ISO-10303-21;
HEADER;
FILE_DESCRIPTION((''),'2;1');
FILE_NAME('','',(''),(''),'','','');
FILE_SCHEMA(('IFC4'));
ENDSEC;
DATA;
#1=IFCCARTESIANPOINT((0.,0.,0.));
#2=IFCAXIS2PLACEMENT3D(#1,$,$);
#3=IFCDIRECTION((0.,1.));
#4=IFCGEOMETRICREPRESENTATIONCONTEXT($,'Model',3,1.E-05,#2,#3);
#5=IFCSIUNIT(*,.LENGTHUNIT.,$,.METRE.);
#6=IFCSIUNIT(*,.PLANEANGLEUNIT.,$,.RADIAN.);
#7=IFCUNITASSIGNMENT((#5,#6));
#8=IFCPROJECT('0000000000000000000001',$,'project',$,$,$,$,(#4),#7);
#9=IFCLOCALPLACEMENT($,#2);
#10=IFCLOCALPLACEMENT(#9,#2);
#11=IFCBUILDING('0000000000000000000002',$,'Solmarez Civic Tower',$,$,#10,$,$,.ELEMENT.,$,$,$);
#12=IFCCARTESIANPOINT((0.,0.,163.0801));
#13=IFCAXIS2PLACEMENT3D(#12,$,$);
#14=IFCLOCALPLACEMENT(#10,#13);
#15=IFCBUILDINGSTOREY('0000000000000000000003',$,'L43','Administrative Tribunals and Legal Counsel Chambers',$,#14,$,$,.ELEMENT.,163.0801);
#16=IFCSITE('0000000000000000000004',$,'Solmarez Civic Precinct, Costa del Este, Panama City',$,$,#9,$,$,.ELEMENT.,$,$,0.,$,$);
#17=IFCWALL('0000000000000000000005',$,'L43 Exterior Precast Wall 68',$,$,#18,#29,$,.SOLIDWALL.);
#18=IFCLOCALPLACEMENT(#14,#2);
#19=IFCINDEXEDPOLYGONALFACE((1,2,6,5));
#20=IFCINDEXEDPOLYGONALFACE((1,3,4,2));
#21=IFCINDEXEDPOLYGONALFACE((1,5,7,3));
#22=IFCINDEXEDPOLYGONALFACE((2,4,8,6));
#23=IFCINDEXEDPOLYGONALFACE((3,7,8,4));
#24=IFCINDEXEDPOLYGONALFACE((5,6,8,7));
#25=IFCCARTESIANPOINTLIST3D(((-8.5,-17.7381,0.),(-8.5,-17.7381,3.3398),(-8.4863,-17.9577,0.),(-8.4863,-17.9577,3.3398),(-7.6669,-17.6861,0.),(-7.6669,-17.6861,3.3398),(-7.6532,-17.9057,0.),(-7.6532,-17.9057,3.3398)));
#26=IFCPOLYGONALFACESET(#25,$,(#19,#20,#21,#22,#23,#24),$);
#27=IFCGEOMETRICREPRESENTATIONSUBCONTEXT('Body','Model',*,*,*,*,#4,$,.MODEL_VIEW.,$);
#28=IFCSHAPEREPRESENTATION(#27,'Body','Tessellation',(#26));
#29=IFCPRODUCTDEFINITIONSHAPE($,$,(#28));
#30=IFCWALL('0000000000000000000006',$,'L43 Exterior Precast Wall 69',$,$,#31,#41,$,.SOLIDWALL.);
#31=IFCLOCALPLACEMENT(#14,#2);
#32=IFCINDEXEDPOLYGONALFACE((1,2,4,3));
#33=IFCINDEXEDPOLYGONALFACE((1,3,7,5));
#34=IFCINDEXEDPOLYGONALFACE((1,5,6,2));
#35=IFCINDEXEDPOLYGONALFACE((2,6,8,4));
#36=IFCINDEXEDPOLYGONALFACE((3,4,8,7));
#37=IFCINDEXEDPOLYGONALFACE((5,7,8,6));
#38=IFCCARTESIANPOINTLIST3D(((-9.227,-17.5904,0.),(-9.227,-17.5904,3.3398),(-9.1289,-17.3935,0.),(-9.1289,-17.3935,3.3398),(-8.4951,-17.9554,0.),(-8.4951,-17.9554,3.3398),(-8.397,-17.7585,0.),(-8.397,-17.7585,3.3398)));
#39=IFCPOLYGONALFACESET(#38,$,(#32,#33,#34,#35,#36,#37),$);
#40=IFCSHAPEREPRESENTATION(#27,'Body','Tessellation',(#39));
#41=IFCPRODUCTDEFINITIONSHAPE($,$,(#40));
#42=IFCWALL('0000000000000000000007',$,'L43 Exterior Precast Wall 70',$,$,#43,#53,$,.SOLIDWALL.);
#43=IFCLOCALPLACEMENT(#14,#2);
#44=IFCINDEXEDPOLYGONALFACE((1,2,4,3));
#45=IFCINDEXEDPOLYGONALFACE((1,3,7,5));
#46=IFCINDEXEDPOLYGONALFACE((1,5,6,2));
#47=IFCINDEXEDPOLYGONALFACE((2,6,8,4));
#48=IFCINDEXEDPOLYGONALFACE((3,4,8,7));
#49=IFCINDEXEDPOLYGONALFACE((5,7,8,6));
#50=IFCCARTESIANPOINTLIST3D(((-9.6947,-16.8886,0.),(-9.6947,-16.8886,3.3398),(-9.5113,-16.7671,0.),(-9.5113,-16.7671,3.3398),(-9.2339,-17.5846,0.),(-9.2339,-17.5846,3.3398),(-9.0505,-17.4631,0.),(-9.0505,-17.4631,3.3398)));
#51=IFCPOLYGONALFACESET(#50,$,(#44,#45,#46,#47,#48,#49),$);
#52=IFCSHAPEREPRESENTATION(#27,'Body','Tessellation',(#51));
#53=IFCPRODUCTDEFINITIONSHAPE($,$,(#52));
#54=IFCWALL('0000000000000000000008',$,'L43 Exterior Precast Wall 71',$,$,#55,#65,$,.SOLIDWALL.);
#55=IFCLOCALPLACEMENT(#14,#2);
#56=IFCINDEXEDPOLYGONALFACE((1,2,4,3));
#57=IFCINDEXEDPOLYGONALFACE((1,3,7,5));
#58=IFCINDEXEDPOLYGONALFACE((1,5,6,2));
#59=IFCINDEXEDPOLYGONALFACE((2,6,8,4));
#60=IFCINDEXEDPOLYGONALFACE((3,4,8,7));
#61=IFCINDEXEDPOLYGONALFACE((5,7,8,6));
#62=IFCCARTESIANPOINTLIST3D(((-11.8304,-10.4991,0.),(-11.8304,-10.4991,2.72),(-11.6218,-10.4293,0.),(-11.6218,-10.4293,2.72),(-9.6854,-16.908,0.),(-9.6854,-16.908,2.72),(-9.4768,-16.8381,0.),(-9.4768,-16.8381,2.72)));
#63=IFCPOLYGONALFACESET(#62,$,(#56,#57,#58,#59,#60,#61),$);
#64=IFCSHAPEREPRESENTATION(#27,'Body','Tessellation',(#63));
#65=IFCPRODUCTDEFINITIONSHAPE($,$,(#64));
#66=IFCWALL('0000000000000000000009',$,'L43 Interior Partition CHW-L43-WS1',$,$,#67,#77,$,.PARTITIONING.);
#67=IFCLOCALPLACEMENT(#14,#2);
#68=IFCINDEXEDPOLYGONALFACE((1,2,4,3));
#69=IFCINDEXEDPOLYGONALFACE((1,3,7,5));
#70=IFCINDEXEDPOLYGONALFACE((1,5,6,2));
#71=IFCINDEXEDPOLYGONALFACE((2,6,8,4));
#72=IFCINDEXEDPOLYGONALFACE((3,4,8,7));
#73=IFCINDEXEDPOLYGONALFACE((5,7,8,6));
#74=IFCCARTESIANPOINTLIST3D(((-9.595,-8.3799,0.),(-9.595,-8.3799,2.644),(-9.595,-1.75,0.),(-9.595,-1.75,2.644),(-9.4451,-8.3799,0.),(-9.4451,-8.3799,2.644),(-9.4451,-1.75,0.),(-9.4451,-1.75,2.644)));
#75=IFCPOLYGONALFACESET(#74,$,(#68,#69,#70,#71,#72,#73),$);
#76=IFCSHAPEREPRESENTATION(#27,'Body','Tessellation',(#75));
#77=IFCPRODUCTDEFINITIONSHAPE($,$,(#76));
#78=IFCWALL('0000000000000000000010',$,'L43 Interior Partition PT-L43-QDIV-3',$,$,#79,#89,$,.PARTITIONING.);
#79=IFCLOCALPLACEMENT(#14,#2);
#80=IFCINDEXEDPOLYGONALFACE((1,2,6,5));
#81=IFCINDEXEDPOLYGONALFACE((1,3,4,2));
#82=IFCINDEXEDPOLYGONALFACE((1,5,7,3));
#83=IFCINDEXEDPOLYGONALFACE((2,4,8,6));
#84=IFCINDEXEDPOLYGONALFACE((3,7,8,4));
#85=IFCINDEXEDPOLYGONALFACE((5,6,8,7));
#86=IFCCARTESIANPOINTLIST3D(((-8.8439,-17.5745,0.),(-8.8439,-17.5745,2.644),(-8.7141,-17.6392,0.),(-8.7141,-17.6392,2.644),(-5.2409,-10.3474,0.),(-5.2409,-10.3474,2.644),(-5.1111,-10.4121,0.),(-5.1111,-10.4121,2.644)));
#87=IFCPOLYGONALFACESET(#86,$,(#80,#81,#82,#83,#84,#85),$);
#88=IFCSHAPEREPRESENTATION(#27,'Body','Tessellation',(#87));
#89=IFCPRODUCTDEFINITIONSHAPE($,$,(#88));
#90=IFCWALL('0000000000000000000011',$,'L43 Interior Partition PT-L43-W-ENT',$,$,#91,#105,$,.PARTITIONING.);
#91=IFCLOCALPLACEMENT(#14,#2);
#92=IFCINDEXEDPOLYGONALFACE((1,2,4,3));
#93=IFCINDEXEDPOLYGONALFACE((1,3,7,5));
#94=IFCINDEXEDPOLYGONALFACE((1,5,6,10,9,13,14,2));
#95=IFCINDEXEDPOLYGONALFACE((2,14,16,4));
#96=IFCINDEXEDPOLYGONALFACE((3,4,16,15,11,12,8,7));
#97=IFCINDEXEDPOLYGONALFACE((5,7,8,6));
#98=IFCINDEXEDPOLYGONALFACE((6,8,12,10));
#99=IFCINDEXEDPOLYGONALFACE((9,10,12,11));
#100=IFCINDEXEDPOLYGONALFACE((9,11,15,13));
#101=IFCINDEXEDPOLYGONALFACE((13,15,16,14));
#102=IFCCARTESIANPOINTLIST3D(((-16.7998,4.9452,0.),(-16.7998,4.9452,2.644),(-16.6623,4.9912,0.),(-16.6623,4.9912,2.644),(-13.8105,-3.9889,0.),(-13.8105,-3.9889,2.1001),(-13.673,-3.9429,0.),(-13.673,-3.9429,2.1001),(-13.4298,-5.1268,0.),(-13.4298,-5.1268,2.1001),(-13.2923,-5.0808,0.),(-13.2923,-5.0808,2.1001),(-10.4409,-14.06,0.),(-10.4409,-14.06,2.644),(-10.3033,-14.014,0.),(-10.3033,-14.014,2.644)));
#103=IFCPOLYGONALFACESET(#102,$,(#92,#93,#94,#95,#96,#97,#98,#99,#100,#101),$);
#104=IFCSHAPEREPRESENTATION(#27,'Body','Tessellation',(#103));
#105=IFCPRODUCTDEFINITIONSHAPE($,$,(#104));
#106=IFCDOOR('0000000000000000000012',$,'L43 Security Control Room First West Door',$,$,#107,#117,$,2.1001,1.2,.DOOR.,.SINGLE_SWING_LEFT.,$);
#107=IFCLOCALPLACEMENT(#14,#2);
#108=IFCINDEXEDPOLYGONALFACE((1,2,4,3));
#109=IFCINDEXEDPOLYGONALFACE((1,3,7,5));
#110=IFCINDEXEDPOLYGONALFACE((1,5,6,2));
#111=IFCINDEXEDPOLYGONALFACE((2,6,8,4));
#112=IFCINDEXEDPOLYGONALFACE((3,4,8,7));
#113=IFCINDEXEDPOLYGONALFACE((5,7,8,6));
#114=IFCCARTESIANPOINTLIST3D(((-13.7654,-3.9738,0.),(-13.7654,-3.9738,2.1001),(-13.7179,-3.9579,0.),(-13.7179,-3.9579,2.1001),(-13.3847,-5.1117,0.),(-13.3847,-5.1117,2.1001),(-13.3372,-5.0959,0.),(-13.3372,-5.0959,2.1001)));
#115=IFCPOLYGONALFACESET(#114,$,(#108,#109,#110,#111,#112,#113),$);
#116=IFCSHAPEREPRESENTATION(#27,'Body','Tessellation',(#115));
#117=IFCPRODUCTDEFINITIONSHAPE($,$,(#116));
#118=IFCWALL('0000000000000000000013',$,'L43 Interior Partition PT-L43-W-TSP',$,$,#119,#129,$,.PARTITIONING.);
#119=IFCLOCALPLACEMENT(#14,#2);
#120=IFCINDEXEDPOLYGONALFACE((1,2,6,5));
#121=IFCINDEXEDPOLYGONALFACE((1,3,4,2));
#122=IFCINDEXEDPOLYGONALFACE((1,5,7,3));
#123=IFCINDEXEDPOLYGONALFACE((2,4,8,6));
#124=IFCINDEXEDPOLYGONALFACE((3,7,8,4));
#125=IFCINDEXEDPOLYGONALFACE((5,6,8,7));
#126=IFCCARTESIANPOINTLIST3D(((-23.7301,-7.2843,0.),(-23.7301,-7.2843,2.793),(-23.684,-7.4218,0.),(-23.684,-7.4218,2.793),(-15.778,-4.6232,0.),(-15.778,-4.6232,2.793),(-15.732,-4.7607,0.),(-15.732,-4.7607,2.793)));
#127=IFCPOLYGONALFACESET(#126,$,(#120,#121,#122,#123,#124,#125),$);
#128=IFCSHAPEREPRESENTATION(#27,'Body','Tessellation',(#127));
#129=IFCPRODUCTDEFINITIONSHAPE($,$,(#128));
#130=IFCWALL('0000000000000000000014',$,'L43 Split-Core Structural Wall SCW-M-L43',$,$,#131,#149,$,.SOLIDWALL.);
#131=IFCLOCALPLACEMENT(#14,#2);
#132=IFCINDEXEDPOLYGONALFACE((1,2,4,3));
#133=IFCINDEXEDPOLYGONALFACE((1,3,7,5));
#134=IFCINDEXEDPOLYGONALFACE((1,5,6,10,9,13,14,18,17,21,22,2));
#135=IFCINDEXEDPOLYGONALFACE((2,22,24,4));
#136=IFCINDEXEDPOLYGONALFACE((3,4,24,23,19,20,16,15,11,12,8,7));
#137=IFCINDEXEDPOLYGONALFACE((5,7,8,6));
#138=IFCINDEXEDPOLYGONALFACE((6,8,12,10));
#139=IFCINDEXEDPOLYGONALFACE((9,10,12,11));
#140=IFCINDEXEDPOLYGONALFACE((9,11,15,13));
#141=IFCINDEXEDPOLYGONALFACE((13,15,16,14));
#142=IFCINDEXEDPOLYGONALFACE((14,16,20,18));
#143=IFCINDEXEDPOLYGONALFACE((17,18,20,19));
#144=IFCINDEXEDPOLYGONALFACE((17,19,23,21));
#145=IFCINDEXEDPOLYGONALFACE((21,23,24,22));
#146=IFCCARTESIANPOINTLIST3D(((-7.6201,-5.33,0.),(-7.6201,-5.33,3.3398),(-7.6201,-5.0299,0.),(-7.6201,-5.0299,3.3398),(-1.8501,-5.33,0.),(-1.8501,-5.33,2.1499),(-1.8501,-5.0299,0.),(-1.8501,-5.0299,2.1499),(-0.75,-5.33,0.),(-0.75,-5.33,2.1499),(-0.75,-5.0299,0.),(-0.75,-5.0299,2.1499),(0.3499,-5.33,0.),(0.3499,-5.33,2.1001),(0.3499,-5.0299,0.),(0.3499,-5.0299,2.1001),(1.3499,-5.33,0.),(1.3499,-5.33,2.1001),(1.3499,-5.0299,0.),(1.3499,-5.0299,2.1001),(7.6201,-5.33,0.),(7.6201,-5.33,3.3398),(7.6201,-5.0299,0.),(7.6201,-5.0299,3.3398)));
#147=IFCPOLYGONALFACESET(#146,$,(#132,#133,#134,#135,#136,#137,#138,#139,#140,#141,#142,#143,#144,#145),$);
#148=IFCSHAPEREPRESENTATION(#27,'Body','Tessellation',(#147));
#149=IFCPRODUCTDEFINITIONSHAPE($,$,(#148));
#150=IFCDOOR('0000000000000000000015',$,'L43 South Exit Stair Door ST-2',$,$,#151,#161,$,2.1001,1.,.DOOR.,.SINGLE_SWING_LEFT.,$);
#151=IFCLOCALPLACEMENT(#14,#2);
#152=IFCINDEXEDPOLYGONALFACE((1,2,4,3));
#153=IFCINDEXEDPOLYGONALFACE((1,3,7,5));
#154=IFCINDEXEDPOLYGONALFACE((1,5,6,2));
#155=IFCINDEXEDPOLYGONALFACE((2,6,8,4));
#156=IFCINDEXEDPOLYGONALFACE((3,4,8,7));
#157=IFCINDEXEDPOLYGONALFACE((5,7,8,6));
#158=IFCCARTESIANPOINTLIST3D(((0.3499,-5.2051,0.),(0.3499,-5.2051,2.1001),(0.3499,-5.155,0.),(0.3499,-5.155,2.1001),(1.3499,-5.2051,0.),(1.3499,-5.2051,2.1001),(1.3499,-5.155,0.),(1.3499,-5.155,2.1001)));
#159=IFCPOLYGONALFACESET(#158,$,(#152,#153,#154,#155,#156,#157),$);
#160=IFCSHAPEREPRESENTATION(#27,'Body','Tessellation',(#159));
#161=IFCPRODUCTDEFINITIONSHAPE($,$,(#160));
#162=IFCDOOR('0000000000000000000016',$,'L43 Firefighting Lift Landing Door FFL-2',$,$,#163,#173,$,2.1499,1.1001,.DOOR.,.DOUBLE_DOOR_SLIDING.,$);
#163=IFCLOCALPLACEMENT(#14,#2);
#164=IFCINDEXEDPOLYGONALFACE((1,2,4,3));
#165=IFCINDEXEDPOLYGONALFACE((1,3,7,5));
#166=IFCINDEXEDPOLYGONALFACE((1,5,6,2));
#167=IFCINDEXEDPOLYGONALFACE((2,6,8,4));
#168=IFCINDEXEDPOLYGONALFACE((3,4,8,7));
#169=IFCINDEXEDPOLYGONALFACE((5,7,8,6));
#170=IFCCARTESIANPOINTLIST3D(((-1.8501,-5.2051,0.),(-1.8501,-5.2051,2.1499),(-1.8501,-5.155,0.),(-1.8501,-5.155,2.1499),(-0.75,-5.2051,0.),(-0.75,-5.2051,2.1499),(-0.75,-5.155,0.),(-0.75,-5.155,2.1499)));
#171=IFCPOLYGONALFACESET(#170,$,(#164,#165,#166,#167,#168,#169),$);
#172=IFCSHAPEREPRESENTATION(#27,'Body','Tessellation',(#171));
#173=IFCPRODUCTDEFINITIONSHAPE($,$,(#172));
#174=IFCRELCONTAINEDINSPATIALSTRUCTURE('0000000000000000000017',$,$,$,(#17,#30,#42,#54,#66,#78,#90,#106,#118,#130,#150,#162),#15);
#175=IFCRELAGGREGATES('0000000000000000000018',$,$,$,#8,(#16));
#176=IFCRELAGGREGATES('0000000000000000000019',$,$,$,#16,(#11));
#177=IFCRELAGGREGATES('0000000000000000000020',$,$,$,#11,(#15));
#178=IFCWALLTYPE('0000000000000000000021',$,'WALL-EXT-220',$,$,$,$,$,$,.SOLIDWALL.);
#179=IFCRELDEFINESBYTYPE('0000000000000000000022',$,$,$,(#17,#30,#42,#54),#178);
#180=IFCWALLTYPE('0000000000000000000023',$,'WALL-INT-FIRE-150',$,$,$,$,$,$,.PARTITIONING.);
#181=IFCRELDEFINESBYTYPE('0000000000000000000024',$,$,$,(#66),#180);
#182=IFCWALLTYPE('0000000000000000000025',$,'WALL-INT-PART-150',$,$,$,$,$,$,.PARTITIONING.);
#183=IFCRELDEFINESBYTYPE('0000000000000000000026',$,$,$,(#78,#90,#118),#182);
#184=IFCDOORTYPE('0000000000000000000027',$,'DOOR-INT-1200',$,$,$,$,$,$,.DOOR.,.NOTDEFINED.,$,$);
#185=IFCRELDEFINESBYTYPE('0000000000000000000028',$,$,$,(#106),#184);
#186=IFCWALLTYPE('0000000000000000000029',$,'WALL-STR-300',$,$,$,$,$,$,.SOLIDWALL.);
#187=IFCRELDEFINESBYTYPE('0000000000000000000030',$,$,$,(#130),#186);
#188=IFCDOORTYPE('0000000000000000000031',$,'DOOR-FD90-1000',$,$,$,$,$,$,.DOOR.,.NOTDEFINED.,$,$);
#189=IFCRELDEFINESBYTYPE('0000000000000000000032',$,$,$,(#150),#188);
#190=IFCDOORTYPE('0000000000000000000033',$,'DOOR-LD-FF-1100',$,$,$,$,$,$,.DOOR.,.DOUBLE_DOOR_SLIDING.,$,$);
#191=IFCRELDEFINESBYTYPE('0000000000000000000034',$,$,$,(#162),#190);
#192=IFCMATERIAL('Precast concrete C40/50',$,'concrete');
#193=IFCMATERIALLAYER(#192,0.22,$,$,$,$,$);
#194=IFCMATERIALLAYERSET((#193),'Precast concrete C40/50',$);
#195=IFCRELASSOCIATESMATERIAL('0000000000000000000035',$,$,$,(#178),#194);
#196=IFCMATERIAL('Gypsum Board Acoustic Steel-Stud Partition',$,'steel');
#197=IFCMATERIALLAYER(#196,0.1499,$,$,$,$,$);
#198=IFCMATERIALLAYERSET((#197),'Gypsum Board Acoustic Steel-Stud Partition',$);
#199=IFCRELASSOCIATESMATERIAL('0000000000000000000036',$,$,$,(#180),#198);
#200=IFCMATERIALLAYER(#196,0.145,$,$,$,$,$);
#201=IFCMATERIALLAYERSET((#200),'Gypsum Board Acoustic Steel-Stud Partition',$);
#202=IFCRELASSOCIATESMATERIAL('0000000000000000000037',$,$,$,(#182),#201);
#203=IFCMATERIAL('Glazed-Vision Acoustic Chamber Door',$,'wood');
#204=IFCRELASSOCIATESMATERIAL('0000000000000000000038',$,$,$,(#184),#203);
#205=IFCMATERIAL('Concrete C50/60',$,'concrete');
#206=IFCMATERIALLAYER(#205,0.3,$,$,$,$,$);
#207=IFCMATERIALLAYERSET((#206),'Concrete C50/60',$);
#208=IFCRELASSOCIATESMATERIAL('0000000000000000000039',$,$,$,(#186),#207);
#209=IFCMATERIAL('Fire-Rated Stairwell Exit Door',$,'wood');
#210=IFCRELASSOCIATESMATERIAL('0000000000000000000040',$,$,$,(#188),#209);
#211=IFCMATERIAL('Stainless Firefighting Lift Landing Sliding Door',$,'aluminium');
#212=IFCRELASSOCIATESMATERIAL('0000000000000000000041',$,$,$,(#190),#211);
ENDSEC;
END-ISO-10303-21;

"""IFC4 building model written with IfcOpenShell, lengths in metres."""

from ifc_helpers import new_model, si_unit, direction, frame, frame_2d, origin, place, context, subcontext, project, spatial, rectangle, extrude, material, layer, layer_set, type_object, element, fill, save


model = new_model("IFC4")

# Units and contexts
model_context = context("Model", 3, precision=1e-05, world=origin(), true_north=direction((0.0, 1.0)))
body_context = subcontext(model_context, "Body", "Model", "MODEL_VIEW")
ifc_project = project(units=[si_unit("LENGTHUNIT", "METRE"), si_unit("PLANEANGLEUNIT", "RADIAN")], contexts=[model_context])

# Site, building, storey
site_placement = place(None, origin())
site = spatial("IfcSite", under=ifc_project, at=site_placement, Name="Solmarez Civic Precinct, Costa del Este, Panama City", CompositionType="ELEMENT", RefElevation=0.0)
building_placement = place(site_placement, origin())
building = spatial("IfcBuilding", under=site, at=building_placement, Name="Solmarez Civic Tower", CompositionType="ELEMENT")
storey_placement = place(building_placement, frame((0.0, 0.0, 163.0801)))
storey = spatial("IfcBuildingStorey", under=building, at=storey_placement, Name="L43", Description="Administrative Tribunals and Legal Counsel Chambers", CompositionType="ELEMENT", Elevation=163.0801)

# Shared definitions
ifc_material_1 = material(Name="Concrete C50/60", Category="concrete")

# Walls
ifc_material_2 = material(Name="Precast concrete C40/50", Category="concrete")
ifc_layer_1 = layer(ifc_material_2, 0.22)
ifc_layer_set_1 = layer_set([ifc_layer_1], Name="Precast concrete C40/50")
wall_type_1 = type_object("IfcWallType", Name="WALL-EXT-220", PredefinedType="SOLIDWALL", material=ifc_layer_set_1)
wall_1_placement = place(storey_placement, frame((-7.6599, -17.7959, 0.0), z_axis=(0.0, 0.0, 1.0), x_axis=(-0.998057, -0.062305, 0.0)))
element("IfcWall", 1, at=wall_1_placement, inside=storey, type_object=wall_type_1, Name="L43 Exterior Precast Wall 68", PredefinedType="SOLIDWALL", context=body_context, shape_type="SweptSolid", body=[
    extrude(rectangle(XDim=0.8347, YDim=0.22, at=frame_2d((0.4175, 0.0))), origin(), (0.0, 0.0, 1.0), 3.3398),
])
wall_2_placement = place(storey_placement, frame((-8.446, -17.8569, 0.0), z_axis=(0.0, 0.0, 1.0), x_axis=(-0.894904, 0.446258, 0.0)))
element("IfcWall", 2, at=wall_2_placement, inside=storey, type_object=wall_type_1, Name="L43 Exterior Precast Wall 69", PredefinedType="SOLIDWALL", context=body_context, shape_type="SweptSolid", body=[
    extrude(rectangle(XDim=0.8179, YDim=0.22, at=frame_2d((0.4089, 0.0))), origin(), (0.0, 0.0, 1.0), 3.3398),
])
wall_3_placement = place(storey_placement, frame((-9.1421, -17.5239, 0.0), z_axis=(0.0, 0.0, 1.0), x_axis=(-0.552133, 0.833756, 0.0)))
element("IfcWall", 3, at=wall_3_placement, inside=storey, type_object=wall_type_1, Name="L43 Exterior Precast Wall 70", PredefinedType="SOLIDWALL", context=body_context, shape_type="SweptSolid", body=[
    extrude(rectangle(XDim=0.8347, YDim=0.22, at=frame_2d((0.4175, 0.0))), origin(), (0.0, 0.0, 1.0), 3.3398),
])
wall_4_placement = place(storey_placement, frame((-9.5811, -16.873, 0.0), z_axis=(0.0, 0.0, 1.0), x_axis=(-0.317387, 0.948296, 0.0)))
element("IfcWall", 4, at=wall_4_placement, inside=storey, type_object=wall_type_1, Name="L43 Exterior Precast Wall 71", PredefinedType="SOLIDWALL", context=body_context, shape_type="SweptSolid", body=[
    extrude(rectangle(XDim=6.7583, YDim=0.22, at=frame_2d((3.3792, 0.0))), origin(), (0.0, 0.0, 1.0), 2.72),
])
ifc_material_3 = material(Name="Gypsum Board Acoustic Steel-Stud Partition", Category="steel")
ifc_layer_2 = layer(ifc_material_3, 0.1499)
ifc_layer_set_2 = layer_set([ifc_layer_2], Name="Gypsum Board Acoustic Steel-Stud Partition")
wall_type_2 = type_object("IfcWallType", Name="WALL-INT-FIRE-150", PredefinedType="PARTITIONING", material=ifc_layer_set_2)
wall_5_placement = place(storey_placement, frame((-9.52, -8.3799, 0.0), z_axis=(0.0, 0.0, 1.0), x_axis=(0.0, 1.0, 0.0)))
element("IfcWall", 5, at=wall_5_placement, inside=storey, type_object=wall_type_2, Name="L43 Interior Partition CHW-L43-WS1", PredefinedType="PARTITIONING", context=body_context, shape_type="SweptSolid", body=[
    extrude(rectangle(XDim=6.6299, YDim=0.1499, at=frame_2d((3.3149, 0.0))), origin(), (0.0, 0.0, 1.0), 2.644),
])
ifc_layer_3 = layer(ifc_material_3, 0.145)
ifc_layer_set_3 = layer_set([ifc_layer_3], Name="Gypsum Board Acoustic Steel-Stud Partition")
wall_type_3 = type_object("IfcWallType", Name="WALL-INT-PART-150", PredefinedType="PARTITIONING", material=ifc_layer_set_3)
wall_6_placement = place(storey_placement, frame((-5.176, -10.3799, 0.0), z_axis=(0.0, 0.0, 1.0), x_axis=(-0.446173, -0.894947, 0.0)))
element("IfcWall", 6, at=wall_6_placement, inside=storey, type_object=wall_type_3, Name="L43 Interior Partition PT-L43-QDIV-3", PredefinedType="PARTITIONING", context=body_context, shape_type="SweptSolid", body=[
    extrude(rectangle(XDim=8.0754, YDim=0.145, at=frame_2d((4.0376, 0.0))), origin(), (0.0, 0.0, 1.0), 2.644),
])

# Wall, opening, door
wall_7_placement = place(storey_placement, frame((-10.3721, -14.0371, 0.0), z_axis=(0.0, 0.0, 1.0), x_axis=(-0.317298, 0.948326, 0.0)))
wall_7 = element("IfcWall", 7, at=wall_7_placement, inside=storey, type_object=wall_type_3, Name="L43 Interior Partition PT-L43-W-ENT", PredefinedType="PARTITIONING", context=body_context, shape_type="SweptSolid", body=[
    extrude(rectangle(XDim=20.0408, YDim=0.145, at=frame_2d((10.0205, 0.0))), origin(), (0.0, 0.0, 1.0), 2.644),
])
opening_1_placement = place(wall_7_placement, frame((9.4199, 0.0, 0.0)))
opening_1 = element("IfcOpeningElement", 8, at=opening_1_placement, cuts=wall_7, PredefinedType="OPENING", context=body_context, shape_type="SweptSolid", body=[
    extrude(rectangle(XDim=1.2, YDim=2.1001, at=frame_2d((0.6001, 1.05))), frame((0.0, 0.0825, 0.0), z_axis=(0.0, -1.0, 0.0), x_axis=(1.0, 0.0, 0.0)), (0.0, 0.0, 1.0), 0.165),
])
ifc_material_4 = material(Name="Glazed-Vision Acoustic Chamber Door", Category="wood")
door_type_1 = type_object("IfcDoorType", Name="DOOR-INT-1200", OperationType="NOTDEFINED", PredefinedType="DOOR", material=ifc_material_4)
door_1_placement = place(opening_1_placement, origin())
door_1 = element("IfcDoor", 9, at=door_1_placement, inside=storey, type_object=door_type_1, Name="L43 Security Control Room First West Door", OperationType="SINGLE_SWING_LEFT", OverallHeight=2.1001, OverallWidth=1.2, PredefinedType="DOOR", context=body_context, shape_type="SweptSolid", body=[
    extrude(rectangle(XDim=1.2, YDim=2.1001, at=frame_2d((0.6001, 1.05))), frame((0.0, 0.0249, 0.0), z_axis=(0.0, -1.0, 0.0), x_axis=(1.0, 0.0, 0.0)), (0.0, 0.0, 1.0), 0.05),
])
fill(opening_1, door_1)

# Wall
wall_8_placement = place(storey_placement, frame((-15.7549, -4.6919, 0.0), z_axis=(0.0, 0.0, 1.0), x_axis=(-0.94831, -0.317346, 0.0)))
element("IfcWall", 10, at=wall_8_placement, inside=storey, type_object=wall_type_3, Name="L43 Interior Partition PT-L43-W-TSP", PredefinedType="PARTITIONING", context=body_context, shape_type="SweptSolid", body=[
    extrude(rectangle(XDim=8.3855, YDim=0.145, at=frame_2d((4.1929, 0.0))), origin(), (0.0, 0.0, 1.0), 2.793),
])

# Wall, openings, doors
ifc_layer_4 = layer(ifc_material_1, 0.3)
ifc_layer_set_4 = layer_set([ifc_layer_4], Name="Concrete C50/60")
wall_type_4 = type_object("IfcWallType", Name="WALL-STR-300", PredefinedType="SOLIDWALL", material=ifc_layer_set_4)
wall_9_placement = place(storey_placement, frame((-7.6201, -5.1799, 0.0), z_axis=(0.0, 0.0, 1.0), x_axis=(1.0, 0.0, 0.0)))
wall_9 = element("IfcWall", 11, at=wall_9_placement, inside=storey, type_object=wall_type_4, Name="L43 Split-Core Structural Wall SCW-M-L43", PredefinedType="SOLIDWALL", context=body_context, shape_type="SweptSolid", body=[
    extrude(rectangle(XDim=15.2402, YDim=0.3, at=frame_2d((7.6201, 0.0))), origin(), (0.0, 0.0, 1.0), 3.3398),
])
opening_2_placement = place(wall_9_placement, frame((5.77, 0.0, 0.0)))
opening_2 = element("IfcOpeningElement", 12, at=opening_2_placement, cuts=wall_9, PredefinedType="OPENING", context=body_context, shape_type="SweptSolid", body=[
    extrude(rectangle(XDim=1.1001, YDim=2.1499, at=frame_2d((0.55, 1.075))), frame((0.0, 0.1599, 0.0), z_axis=(0.0, -1.0, 0.0), x_axis=(1.0, 0.0, 0.0)), (0.0, 0.0, 1.0), 0.3201),
])
opening_3_placement = place(wall_9_placement, frame((7.97, 0.0, 0.0)))
opening_3 = element("IfcOpeningElement", 13, at=opening_3_placement, cuts=wall_9, PredefinedType="OPENING", context=body_context, shape_type="SweptSolid", body=[
    extrude(rectangle(XDim=1.0, YDim=2.1001, at=frame_2d((0.5, 1.05))), frame((0.0, 0.1599, 0.0), z_axis=(0.0, -1.0, 0.0), x_axis=(1.0, 0.0, 0.0)), (0.0, 0.0, 1.0), 0.3201),
])
ifc_material_5 = material(Name="Fire-Rated Stairwell Exit Door", Category="wood")
door_type_2 = type_object("IfcDoorType", Name="DOOR-FD90-1000", OperationType="NOTDEFINED", PredefinedType="DOOR", material=ifc_material_5)
door_2_placement = place(opening_3_placement, origin())
door_2 = element("IfcDoor", 14, at=door_2_placement, inside=storey, type_object=door_type_2, Name="L43 South Exit Stair Door ST-2", OperationType="SINGLE_SWING_LEFT", OverallHeight=2.1001, OverallWidth=1.0, PredefinedType="DOOR", context=body_context, shape_type="SweptSolid", body=[
    extrude(rectangle(XDim=1.0, YDim=2.1001, at=frame_2d((0.5, 1.05))), frame((0.0, 0.0249, 0.0), z_axis=(0.0, -1.0, 0.0), x_axis=(1.0, 0.0, 0.0)), (0.0, 0.0, 1.0), 0.05),
])
fill(opening_3, door_2)
ifc_material_6 = material(Name="Stainless Firefighting Lift Landing Sliding Door", Category="aluminium")
door_type_3 = type_object("IfcDoorType", Name="DOOR-LD-FF-1100", OperationType="DOUBLE_DOOR_SLIDING", PredefinedType="DOOR", material=ifc_material_6)
door_3_placement = place(opening_2_placement, origin())
door_3 = element("IfcDoor", 15, at=door_3_placement, inside=storey, type_object=door_type_3, Name="L43 Firefighting Lift Landing Door FFL-2", OperationType="DOUBLE_DOOR_SLIDING", OverallHeight=2.1499, OverallWidth=1.1001, PredefinedType="DOOR", context=body_context, shape_type="SweptSolid", body=[
    extrude(rectangle(XDim=1.1001, YDim=2.1499, at=frame_2d((0.55, 1.075))), frame((0.0, 0.0249, 0.0), z_axis=(0.0, -1.0, 0.0), x_axis=(1.0, 0.0, 0.0)), (0.0, 0.0, 1.0), 0.05),
])
fill(opening_2, door_3)

save(model, "model.ifc")
